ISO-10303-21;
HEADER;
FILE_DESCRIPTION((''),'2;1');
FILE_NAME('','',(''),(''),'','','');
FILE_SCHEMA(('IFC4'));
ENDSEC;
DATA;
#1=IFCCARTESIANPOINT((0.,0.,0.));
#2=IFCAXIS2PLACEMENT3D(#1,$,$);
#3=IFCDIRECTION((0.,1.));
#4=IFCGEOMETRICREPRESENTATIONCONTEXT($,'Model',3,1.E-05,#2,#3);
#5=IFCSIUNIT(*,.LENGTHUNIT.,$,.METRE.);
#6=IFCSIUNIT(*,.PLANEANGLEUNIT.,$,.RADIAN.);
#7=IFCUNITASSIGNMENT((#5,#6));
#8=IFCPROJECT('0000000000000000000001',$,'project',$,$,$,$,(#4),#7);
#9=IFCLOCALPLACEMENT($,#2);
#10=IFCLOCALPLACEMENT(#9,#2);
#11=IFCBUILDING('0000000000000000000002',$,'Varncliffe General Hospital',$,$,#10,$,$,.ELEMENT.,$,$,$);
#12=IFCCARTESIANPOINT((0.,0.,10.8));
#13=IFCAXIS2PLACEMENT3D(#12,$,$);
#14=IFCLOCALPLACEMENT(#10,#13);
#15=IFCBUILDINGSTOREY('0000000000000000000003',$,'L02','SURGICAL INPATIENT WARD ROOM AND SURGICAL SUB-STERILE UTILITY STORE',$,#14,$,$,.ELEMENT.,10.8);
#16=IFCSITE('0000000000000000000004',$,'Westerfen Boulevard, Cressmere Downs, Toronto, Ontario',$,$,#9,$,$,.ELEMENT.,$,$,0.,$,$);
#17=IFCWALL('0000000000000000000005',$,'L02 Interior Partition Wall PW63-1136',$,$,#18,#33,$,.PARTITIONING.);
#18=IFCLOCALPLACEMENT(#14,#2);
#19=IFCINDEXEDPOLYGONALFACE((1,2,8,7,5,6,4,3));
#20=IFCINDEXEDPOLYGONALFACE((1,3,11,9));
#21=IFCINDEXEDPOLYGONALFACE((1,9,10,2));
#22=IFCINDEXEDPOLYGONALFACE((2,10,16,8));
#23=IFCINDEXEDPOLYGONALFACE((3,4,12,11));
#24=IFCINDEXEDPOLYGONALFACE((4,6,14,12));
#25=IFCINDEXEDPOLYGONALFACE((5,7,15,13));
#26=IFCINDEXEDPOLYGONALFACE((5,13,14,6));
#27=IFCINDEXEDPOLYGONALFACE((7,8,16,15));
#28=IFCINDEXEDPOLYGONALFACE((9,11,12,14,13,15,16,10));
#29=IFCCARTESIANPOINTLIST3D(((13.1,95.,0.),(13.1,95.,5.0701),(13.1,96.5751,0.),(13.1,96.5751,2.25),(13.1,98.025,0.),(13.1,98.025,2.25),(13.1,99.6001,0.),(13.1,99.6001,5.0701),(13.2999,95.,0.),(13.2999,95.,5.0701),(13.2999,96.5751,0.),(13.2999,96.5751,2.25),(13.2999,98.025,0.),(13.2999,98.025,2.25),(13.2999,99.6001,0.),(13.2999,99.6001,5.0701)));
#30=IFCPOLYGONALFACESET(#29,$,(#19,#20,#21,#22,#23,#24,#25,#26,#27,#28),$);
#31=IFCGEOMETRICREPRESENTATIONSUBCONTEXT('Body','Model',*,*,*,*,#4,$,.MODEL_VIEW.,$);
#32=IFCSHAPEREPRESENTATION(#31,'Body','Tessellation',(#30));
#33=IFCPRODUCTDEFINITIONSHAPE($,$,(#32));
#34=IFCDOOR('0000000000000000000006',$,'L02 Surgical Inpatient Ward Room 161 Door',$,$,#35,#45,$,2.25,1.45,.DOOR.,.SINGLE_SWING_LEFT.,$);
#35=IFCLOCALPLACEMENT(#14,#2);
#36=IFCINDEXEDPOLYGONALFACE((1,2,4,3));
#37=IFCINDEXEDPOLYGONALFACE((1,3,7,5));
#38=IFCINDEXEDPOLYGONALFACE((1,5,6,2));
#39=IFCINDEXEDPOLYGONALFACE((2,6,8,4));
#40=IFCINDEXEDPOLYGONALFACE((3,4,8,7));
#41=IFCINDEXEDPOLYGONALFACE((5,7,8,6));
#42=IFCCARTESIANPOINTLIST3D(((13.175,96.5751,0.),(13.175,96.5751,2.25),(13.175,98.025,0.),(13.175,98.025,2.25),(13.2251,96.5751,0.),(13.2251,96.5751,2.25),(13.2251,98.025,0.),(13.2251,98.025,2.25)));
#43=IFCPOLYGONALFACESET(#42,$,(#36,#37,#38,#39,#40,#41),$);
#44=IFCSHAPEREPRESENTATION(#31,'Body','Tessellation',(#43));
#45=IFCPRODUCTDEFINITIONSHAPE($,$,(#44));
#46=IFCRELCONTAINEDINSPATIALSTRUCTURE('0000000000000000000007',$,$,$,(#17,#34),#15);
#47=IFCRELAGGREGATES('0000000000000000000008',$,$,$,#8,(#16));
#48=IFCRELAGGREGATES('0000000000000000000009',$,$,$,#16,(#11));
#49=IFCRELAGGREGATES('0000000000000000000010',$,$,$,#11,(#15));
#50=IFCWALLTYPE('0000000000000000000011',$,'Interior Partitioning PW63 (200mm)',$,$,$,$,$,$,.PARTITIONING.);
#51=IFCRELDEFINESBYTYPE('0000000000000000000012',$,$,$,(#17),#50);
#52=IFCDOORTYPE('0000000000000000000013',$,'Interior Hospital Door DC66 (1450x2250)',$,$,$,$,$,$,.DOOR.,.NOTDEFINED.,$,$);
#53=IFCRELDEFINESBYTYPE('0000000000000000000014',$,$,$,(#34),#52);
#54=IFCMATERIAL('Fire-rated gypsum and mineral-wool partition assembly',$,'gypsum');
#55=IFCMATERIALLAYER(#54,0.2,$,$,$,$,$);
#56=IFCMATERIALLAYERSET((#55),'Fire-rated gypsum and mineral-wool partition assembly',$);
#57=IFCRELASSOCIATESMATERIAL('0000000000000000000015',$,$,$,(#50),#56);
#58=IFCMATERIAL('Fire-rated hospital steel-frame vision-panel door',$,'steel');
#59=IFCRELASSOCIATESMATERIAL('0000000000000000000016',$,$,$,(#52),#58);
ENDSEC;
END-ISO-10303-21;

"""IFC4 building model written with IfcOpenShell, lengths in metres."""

from ifc_helpers import new_model, si_unit, direction, frame, frame_2d, origin, place, context, subcontext, project, spatial, rectangle, extrude, material, layer, layer_set, type_object, element, fill, save


model = new_model("IFC4")

# Units and contexts
model_context = context("Model", 3, precision=1e-05, world=origin(), true_north=direction((0.0, 1.0)))
body_context = subcontext(model_context, "Body", "Model", "MODEL_VIEW")
ifc_project = project(units=[si_unit("LENGTHUNIT", "METRE"), si_unit("PLANEANGLEUNIT", "RADIAN")], contexts=[model_context])

# Site, building, storey
site_placement = place(None, origin())
site = spatial("IfcSite", under=ifc_project, at=site_placement, Name="Westerfen Boulevard, Cressmere Downs, Toronto, Ontario", CompositionType="ELEMENT", RefElevation=0.0)
building_placement = place(site_placement, origin())
building = spatial("IfcBuilding", under=site, at=building_placement, Name="Varncliffe General Hospital", CompositionType="ELEMENT")
storey_placement = place(building_placement, frame((0.0, 0.0, 10.8)))
storey = spatial("IfcBuildingStorey", under=building, at=storey_placement, Name="L02", Description="SURGICAL INPATIENT WARD ROOM AND SURGICAL SUB-STERILE UTILITY STORE", CompositionType="ELEMENT", Elevation=10.8)

# Shared definitions
ifc_material_1 = material(Name="Fire-rated gypsum and mineral-wool partition assembly", Category="gypsum")

# Wall, opening, door
ifc_layer_1 = layer(ifc_material_1, 0.2)
ifc_layer_set_1 = layer_set([ifc_layer_1], Name="Fire-rated gypsum and mineral-wool partition assembly")
wall_type_1 = type_object("IfcWallType", Name="Interior Partitioning PW63 (200mm)", PredefinedType="PARTITIONING", material=ifc_layer_set_1)
ifc_material_2 = material(Name="Fire-rated hospital steel-frame vision-panel door", Category="steel")
wall_1_placement = place(storey_placement, frame((13.2, 95.0, 0.0), z_axis=(0.0, 0.0, 1.0), x_axis=(0.0, 1.0, 0.0)))
wall_1 = element("IfcWall", 1, at=wall_1_placement, inside=storey, type_object=wall_type_1, Name="L02 Interior Partition Wall PW63-1136", PredefinedType="PARTITIONING", context=body_context, shape_type="SweptSolid", body=[
    extrude(rectangle(XDim=4.6001, YDim=0.2, at=frame_2d((2.3, 0.0))), origin(), (0.0, 0.0, 1.0), 5.0701),
])
opening_1_placement = place(wall_1_placement, frame((1.575, 0.0, 0.0)))
opening_1 = element("IfcOpeningElement", 2, at=opening_1_placement, cuts=wall_1, PredefinedType="OPENING", context=body_context, shape_type="SweptSolid", body=[
    extrude(rectangle(XDim=1.45, YDim=2.25, at=frame_2d((0.7251, 1.125))), frame((0.0, 0.1099, 0.0), z_axis=(0.0, -1.0, 0.0), x_axis=(1.0, 0.0, 0.0)), (0.0, 0.0, 1.0), 0.22),
])
door_type_1 = type_object("IfcDoorType", Name="Interior Hospital Door DC66 (1450x2250)", OperationType="NOTDEFINED", PredefinedType="DOOR", material=ifc_material_2)
door_1_placement = place(opening_1_placement, origin())
door_1 = element("IfcDoor", 3, at=door_1_placement, inside=storey, type_object=door_type_1, Name="L02 Surgical Inpatient Ward Room 161 Door", OperationType="SINGLE_SWING_LEFT", OverallHeight=2.25, OverallWidth=1.45, PredefinedType="DOOR", context=body_context, shape_type="SweptSolid", body=[
    extrude(rectangle(XDim=1.45, YDim=2.25, at=frame_2d((0.7251, 1.125))), frame((0.0, 0.0249, 0.0), z_axis=(0.0, -1.0, 0.0), x_axis=(1.0, 0.0, 0.0)), (0.0, 0.0, 1.0), 0.05),
])
fill(opening_1, door_1)

save(model, "model.ifc")
